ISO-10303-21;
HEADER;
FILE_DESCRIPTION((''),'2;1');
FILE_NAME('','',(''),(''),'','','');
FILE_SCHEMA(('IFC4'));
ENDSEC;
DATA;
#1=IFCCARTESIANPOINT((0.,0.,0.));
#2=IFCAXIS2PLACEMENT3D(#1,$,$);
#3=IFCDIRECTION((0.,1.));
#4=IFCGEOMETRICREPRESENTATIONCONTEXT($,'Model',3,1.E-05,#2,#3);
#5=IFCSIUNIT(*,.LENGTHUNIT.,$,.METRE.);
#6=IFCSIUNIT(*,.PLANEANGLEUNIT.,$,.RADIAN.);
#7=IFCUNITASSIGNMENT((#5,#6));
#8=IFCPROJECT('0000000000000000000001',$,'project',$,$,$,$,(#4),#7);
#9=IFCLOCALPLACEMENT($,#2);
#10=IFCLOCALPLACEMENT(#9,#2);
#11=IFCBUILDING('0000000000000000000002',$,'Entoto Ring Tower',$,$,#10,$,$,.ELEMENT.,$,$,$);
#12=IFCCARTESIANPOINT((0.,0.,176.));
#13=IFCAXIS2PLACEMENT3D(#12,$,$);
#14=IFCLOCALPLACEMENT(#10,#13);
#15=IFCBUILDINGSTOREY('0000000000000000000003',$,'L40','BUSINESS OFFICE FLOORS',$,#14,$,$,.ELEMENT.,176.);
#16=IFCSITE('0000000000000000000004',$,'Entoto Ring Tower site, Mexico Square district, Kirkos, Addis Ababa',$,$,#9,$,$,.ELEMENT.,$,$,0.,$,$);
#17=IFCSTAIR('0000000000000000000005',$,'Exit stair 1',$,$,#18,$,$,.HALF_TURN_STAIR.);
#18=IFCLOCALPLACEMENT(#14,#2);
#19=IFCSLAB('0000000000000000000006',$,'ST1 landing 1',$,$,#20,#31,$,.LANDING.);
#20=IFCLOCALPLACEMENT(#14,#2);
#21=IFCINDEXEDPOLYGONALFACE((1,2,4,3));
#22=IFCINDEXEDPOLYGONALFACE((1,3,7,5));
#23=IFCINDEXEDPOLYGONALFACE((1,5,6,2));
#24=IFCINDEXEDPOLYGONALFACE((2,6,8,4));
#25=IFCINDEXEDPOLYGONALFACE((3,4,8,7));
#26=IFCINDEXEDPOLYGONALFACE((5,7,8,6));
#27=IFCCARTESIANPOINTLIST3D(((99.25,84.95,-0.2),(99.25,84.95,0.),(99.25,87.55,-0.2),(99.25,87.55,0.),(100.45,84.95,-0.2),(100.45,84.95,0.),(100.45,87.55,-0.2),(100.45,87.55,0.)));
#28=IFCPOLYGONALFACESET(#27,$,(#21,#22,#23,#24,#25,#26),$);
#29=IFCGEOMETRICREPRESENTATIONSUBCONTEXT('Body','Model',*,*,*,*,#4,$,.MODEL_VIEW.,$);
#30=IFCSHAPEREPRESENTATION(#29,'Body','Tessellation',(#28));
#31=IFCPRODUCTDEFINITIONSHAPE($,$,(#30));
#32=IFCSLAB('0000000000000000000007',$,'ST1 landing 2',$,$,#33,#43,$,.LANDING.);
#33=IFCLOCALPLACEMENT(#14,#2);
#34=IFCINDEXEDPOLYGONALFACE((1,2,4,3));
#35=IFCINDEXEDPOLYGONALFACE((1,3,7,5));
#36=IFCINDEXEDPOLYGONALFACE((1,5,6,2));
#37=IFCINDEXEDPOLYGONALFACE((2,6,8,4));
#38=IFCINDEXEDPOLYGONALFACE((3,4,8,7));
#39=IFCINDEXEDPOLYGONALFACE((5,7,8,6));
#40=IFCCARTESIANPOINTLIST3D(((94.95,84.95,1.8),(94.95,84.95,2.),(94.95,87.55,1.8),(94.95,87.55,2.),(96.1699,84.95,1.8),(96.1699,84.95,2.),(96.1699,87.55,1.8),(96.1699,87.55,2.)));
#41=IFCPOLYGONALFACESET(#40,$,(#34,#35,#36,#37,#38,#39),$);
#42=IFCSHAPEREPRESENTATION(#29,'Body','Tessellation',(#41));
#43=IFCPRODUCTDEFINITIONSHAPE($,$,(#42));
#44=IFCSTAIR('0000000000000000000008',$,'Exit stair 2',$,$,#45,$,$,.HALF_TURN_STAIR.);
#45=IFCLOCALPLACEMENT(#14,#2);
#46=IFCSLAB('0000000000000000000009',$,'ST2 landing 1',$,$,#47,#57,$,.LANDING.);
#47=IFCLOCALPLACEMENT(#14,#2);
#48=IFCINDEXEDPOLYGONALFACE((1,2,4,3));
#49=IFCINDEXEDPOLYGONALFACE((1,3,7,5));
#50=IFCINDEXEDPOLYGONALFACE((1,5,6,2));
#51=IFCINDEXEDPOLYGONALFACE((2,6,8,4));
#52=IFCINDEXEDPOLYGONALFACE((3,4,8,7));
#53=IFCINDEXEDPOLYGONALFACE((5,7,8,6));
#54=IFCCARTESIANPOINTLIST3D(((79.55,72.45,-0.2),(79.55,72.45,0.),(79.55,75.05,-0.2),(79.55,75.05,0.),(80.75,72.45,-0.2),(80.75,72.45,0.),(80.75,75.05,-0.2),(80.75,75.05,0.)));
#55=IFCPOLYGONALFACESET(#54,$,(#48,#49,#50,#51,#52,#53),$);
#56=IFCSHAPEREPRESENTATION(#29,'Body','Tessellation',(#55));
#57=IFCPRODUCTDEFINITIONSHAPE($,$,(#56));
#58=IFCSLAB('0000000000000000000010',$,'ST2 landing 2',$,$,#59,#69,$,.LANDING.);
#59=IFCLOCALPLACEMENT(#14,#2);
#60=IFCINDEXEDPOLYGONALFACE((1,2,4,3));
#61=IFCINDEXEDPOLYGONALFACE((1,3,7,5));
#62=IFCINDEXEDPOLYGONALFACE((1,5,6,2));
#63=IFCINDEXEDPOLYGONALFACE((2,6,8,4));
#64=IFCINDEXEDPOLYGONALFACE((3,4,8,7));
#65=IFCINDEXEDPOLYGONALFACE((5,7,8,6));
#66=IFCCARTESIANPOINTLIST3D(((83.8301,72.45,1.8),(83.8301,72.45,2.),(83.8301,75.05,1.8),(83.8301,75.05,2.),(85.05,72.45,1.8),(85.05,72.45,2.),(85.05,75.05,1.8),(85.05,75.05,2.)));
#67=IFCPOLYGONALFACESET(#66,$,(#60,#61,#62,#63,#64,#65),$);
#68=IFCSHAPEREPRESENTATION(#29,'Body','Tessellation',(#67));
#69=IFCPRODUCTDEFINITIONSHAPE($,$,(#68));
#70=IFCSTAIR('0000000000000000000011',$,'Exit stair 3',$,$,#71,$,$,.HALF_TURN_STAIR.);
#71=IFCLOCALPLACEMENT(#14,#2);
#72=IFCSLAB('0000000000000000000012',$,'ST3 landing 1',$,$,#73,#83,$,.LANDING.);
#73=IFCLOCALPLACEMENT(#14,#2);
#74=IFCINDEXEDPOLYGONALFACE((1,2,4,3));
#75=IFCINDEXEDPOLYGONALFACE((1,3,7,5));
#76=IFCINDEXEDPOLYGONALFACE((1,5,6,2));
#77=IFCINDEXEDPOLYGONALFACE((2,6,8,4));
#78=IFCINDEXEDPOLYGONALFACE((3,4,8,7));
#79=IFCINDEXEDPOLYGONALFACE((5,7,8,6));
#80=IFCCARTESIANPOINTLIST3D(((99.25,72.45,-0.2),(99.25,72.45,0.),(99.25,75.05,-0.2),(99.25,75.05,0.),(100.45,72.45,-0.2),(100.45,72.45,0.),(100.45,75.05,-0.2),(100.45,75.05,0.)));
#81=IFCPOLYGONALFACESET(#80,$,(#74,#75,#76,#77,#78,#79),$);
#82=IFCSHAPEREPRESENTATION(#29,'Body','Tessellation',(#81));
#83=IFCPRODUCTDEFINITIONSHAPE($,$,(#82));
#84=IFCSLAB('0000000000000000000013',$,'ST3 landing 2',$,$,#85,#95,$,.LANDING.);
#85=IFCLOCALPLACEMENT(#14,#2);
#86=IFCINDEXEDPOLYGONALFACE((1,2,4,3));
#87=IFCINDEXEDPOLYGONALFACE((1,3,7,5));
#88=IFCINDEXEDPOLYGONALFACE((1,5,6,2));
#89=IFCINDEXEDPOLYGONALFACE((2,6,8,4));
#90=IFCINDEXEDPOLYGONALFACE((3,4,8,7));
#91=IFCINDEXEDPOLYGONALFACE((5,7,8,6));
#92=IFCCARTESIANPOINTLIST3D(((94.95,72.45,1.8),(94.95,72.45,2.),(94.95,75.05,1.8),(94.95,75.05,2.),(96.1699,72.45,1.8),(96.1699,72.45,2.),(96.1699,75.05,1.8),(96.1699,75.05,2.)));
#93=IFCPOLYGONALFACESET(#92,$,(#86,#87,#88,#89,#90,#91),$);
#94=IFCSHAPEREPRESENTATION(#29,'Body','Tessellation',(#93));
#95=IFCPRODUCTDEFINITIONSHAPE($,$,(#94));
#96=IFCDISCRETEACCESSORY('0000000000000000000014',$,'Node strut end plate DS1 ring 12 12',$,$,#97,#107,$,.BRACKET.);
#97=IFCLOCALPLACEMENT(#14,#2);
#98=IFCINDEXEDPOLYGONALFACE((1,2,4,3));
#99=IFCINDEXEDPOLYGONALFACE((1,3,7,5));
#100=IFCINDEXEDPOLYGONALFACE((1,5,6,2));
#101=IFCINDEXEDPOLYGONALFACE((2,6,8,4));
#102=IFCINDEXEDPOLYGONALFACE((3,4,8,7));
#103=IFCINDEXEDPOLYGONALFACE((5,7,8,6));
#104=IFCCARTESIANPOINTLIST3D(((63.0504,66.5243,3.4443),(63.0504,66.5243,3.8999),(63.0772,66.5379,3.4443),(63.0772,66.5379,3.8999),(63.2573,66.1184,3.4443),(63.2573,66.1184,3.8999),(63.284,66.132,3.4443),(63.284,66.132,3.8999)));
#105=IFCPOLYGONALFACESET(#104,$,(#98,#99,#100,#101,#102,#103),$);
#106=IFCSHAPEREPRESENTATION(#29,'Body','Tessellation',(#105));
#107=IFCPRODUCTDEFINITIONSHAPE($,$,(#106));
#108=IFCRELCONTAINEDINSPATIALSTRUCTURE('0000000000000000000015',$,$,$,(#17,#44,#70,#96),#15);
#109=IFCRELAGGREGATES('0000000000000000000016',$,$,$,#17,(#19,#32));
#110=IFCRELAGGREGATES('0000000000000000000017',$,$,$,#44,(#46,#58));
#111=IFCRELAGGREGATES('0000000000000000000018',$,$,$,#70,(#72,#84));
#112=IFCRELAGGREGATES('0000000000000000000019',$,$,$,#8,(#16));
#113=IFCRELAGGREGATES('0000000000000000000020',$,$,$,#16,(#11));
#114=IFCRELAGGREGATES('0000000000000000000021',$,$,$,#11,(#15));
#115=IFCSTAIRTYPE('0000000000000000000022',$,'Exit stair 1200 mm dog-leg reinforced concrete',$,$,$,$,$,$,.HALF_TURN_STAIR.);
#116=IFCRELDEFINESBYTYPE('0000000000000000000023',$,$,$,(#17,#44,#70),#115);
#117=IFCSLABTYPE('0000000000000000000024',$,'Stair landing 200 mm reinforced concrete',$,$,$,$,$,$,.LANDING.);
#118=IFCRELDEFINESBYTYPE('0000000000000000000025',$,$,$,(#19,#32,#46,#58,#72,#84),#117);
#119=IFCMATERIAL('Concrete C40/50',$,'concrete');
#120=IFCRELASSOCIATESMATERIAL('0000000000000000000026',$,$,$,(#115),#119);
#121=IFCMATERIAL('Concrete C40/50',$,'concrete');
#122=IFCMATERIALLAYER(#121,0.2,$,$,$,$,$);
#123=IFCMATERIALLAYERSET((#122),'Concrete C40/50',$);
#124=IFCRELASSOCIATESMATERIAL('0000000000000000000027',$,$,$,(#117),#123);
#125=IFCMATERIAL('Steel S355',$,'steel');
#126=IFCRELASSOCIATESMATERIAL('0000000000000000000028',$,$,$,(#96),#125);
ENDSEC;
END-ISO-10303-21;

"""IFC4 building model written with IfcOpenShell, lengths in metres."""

from ifc_helpers import new_model, si_unit, direction, frame, origin, origin_2d, place, context, subcontext, project, spatial, polyline, rectangle, outline, extrude, material, layer, layer_set, type_object, element, aggregate, save


model = new_model("IFC4")

# Units and contexts
model_context = context("Model", 3, precision=1e-05, world=origin(), true_north=direction((0.0, 1.0)))
body_context = subcontext(model_context, "Body", "Model", "MODEL_VIEW")
ifc_project = project(units=[si_unit("LENGTHUNIT", "METRE"), si_unit("PLANEANGLEUNIT", "RADIAN")], contexts=[model_context])

# Site, building, storey
site_placement = place(None, origin())
site = spatial("IfcSite", under=ifc_project, at=site_placement, Name="Entoto Ring Tower site, Mexico Square district, Kirkos, Addis Ababa", CompositionType="ELEMENT", RefElevation=0.0)
building_placement = place(site_placement, origin())
building = spatial("IfcBuilding", under=site, at=building_placement, Name="Entoto Ring Tower", CompositionType="ELEMENT")
storey_placement = place(building_placement, frame((0.0, 0.0, 176.0)))
storey = spatial("IfcBuildingStorey", under=building, at=storey_placement, Name="L40", Description="BUSINESS OFFICE FLOORS", CompositionType="ELEMENT", Elevation=176.0)

# Stairs, slabs
ifc_material_1 = material(Name="Concrete C40/50", Category="concrete")
stair_type = type_object("IfcStairType", Name="Exit stair 1200 mm dog-leg reinforced concrete", PredefinedType="HALF_TURN_STAIR", material=ifc_material_1)
stair_1_placement = place(storey_placement, origin())
stair_1 = element("IfcStair", 1, at=stair_1_placement, inside=storey, type_object=stair_type, Name="Exit stair 1", PredefinedType="HALF_TURN_STAIR")
ifc_material_2 = material(Name="Concrete C40/50", Category="concrete")
ifc_layer_1 = layer(ifc_material_2, 0.2)
ifc_layer_set_1 = layer_set([ifc_layer_1], Name="Concrete C40/50")
slab_type_1 = type_object("IfcSlabType", Name="Stair landing 200 mm reinforced concrete", PredefinedType="LANDING", material=ifc_layer_set_1)
slab_1_placement = place(storey_placement, frame((0.0, 0.0, -0.2)))
slab_1 = element("IfcSlab", 2, at=slab_1_placement, type_object=slab_type_1, Name="ST1 landing 1", PredefinedType="LANDING", context=body_context, shape_type="SweptSolid", body=[
    extrude(outline(polyline([(100.45, 84.95), (100.45, 87.55), (99.25, 87.55), (99.25, 84.95), (100.45, 84.95)])), origin(), (0.0, 0.0, 1.0), 0.2),
])
slab_2_placement = place(storey_placement, frame((0.0, 0.0, 1.8)))
slab_2 = element("IfcSlab", 3, at=slab_2_placement, type_object=slab_type_1, Name="ST1 landing 2", PredefinedType="LANDING", context=body_context, shape_type="SweptSolid", body=[
    extrude(outline(polyline([(94.95, 84.95), (96.1699, 84.95), (96.1699, 87.55), (94.95, 87.55), (94.95, 84.95)])), origin(), (0.0, 0.0, 1.0), 0.2),
])
aggregate(stair_1, [slab_1, slab_2])
stair_2_placement = place(storey_placement, origin())
stair_2 = element("IfcStair", 4, at=stair_2_placement, inside=storey, type_object=stair_type, Name="Exit stair 2", PredefinedType="HALF_TURN_STAIR")
slab_3_placement = place(storey_placement, frame((0.0, 0.0, -0.2)))
slab_3 = element("IfcSlab", 5, at=slab_3_placement, type_object=slab_type_1, Name="ST2 landing 1", PredefinedType="LANDING", context=body_context, shape_type="SweptSolid", body=[
    extrude(outline(polyline([(80.75, 72.45), (80.75, 75.05), (79.55, 75.05), (79.55, 72.45), (80.75, 72.45)])), origin(), (0.0, 0.0, 1.0), 0.2),
])
slab_4_placement = place(storey_placement, frame((0.0, 0.0, 1.8)))
slab_4 = element("IfcSlab", 6, at=slab_4_placement, type_object=slab_type_1, Name="ST2 landing 2", PredefinedType="LANDING", context=body_context, shape_type="SweptSolid", body=[
    extrude(outline(polyline([(83.8301, 72.45), (85.05, 72.45), (85.05, 75.05), (83.8301, 75.05), (83.8301, 72.45)])), origin(), (0.0, 0.0, 1.0), 0.2),
])
aggregate(stair_2, [slab_3, slab_4])
stair_3_placement = place(storey_placement, origin())
stair_3 = element("IfcStair", 7, at=stair_3_placement, inside=storey, type_object=stair_type, Name="Exit stair 3", PredefinedType="HALF_TURN_STAIR")
slab_5_placement = place(storey_placement, frame((0.0, 0.0, -0.2)))
slab_5 = element("IfcSlab", 8, at=slab_5_placement, type_object=slab_type_1, Name="ST3 landing 1", PredefinedType="LANDING", context=body_context, shape_type="SweptSolid", body=[
    extrude(outline(polyline([(100.45, 72.45), (100.45, 75.05), (99.25, 75.05), (99.25, 72.45), (100.45, 72.45)])), origin(), (0.0, 0.0, 1.0), 0.2),
])
slab_6_placement = place(storey_placement, frame((0.0, 0.0, 1.8)))
slab_6 = element("IfcSlab", 9, at=slab_6_placement, type_object=slab_type_1, Name="ST3 landing 2", PredefinedType="LANDING", context=body_context, shape_type="SweptSolid", body=[
    extrude(outline(polyline([(94.95, 72.45), (96.1699, 72.45), (96.1699, 75.05), (94.95, 75.05), (94.95, 72.45)])), origin(), (0.0, 0.0, 1.0), 0.2),
])
aggregate(stair_3, [slab_5, slab_6])

# Discrete accessory
ifc_material_3 = material(Name="Steel S355", Category="steel")
discrete_accessory_placement = place(storey_placement, frame((63.1672, 66.3281, 3.4443), z_axis=(0.0, 0.0, 1.0), x_axis=(-0.891007, -0.45399, 0.0)))
element("IfcDiscreteAccessory", 10, at=discrete_accessory_placement, inside=storey, material=ifc_material_3, Name="Node strut end plate DS1 ring 12 12", PredefinedType="BRACKET", context=body_context, shape_type="SweptSolid", body=[
    extrude(rectangle(XDim=0.03, YDim=0.4556, at=origin_2d()), origin(), (0.0, 0.0, 1.0), 0.4556),
])

save(model, "model.ifc")
